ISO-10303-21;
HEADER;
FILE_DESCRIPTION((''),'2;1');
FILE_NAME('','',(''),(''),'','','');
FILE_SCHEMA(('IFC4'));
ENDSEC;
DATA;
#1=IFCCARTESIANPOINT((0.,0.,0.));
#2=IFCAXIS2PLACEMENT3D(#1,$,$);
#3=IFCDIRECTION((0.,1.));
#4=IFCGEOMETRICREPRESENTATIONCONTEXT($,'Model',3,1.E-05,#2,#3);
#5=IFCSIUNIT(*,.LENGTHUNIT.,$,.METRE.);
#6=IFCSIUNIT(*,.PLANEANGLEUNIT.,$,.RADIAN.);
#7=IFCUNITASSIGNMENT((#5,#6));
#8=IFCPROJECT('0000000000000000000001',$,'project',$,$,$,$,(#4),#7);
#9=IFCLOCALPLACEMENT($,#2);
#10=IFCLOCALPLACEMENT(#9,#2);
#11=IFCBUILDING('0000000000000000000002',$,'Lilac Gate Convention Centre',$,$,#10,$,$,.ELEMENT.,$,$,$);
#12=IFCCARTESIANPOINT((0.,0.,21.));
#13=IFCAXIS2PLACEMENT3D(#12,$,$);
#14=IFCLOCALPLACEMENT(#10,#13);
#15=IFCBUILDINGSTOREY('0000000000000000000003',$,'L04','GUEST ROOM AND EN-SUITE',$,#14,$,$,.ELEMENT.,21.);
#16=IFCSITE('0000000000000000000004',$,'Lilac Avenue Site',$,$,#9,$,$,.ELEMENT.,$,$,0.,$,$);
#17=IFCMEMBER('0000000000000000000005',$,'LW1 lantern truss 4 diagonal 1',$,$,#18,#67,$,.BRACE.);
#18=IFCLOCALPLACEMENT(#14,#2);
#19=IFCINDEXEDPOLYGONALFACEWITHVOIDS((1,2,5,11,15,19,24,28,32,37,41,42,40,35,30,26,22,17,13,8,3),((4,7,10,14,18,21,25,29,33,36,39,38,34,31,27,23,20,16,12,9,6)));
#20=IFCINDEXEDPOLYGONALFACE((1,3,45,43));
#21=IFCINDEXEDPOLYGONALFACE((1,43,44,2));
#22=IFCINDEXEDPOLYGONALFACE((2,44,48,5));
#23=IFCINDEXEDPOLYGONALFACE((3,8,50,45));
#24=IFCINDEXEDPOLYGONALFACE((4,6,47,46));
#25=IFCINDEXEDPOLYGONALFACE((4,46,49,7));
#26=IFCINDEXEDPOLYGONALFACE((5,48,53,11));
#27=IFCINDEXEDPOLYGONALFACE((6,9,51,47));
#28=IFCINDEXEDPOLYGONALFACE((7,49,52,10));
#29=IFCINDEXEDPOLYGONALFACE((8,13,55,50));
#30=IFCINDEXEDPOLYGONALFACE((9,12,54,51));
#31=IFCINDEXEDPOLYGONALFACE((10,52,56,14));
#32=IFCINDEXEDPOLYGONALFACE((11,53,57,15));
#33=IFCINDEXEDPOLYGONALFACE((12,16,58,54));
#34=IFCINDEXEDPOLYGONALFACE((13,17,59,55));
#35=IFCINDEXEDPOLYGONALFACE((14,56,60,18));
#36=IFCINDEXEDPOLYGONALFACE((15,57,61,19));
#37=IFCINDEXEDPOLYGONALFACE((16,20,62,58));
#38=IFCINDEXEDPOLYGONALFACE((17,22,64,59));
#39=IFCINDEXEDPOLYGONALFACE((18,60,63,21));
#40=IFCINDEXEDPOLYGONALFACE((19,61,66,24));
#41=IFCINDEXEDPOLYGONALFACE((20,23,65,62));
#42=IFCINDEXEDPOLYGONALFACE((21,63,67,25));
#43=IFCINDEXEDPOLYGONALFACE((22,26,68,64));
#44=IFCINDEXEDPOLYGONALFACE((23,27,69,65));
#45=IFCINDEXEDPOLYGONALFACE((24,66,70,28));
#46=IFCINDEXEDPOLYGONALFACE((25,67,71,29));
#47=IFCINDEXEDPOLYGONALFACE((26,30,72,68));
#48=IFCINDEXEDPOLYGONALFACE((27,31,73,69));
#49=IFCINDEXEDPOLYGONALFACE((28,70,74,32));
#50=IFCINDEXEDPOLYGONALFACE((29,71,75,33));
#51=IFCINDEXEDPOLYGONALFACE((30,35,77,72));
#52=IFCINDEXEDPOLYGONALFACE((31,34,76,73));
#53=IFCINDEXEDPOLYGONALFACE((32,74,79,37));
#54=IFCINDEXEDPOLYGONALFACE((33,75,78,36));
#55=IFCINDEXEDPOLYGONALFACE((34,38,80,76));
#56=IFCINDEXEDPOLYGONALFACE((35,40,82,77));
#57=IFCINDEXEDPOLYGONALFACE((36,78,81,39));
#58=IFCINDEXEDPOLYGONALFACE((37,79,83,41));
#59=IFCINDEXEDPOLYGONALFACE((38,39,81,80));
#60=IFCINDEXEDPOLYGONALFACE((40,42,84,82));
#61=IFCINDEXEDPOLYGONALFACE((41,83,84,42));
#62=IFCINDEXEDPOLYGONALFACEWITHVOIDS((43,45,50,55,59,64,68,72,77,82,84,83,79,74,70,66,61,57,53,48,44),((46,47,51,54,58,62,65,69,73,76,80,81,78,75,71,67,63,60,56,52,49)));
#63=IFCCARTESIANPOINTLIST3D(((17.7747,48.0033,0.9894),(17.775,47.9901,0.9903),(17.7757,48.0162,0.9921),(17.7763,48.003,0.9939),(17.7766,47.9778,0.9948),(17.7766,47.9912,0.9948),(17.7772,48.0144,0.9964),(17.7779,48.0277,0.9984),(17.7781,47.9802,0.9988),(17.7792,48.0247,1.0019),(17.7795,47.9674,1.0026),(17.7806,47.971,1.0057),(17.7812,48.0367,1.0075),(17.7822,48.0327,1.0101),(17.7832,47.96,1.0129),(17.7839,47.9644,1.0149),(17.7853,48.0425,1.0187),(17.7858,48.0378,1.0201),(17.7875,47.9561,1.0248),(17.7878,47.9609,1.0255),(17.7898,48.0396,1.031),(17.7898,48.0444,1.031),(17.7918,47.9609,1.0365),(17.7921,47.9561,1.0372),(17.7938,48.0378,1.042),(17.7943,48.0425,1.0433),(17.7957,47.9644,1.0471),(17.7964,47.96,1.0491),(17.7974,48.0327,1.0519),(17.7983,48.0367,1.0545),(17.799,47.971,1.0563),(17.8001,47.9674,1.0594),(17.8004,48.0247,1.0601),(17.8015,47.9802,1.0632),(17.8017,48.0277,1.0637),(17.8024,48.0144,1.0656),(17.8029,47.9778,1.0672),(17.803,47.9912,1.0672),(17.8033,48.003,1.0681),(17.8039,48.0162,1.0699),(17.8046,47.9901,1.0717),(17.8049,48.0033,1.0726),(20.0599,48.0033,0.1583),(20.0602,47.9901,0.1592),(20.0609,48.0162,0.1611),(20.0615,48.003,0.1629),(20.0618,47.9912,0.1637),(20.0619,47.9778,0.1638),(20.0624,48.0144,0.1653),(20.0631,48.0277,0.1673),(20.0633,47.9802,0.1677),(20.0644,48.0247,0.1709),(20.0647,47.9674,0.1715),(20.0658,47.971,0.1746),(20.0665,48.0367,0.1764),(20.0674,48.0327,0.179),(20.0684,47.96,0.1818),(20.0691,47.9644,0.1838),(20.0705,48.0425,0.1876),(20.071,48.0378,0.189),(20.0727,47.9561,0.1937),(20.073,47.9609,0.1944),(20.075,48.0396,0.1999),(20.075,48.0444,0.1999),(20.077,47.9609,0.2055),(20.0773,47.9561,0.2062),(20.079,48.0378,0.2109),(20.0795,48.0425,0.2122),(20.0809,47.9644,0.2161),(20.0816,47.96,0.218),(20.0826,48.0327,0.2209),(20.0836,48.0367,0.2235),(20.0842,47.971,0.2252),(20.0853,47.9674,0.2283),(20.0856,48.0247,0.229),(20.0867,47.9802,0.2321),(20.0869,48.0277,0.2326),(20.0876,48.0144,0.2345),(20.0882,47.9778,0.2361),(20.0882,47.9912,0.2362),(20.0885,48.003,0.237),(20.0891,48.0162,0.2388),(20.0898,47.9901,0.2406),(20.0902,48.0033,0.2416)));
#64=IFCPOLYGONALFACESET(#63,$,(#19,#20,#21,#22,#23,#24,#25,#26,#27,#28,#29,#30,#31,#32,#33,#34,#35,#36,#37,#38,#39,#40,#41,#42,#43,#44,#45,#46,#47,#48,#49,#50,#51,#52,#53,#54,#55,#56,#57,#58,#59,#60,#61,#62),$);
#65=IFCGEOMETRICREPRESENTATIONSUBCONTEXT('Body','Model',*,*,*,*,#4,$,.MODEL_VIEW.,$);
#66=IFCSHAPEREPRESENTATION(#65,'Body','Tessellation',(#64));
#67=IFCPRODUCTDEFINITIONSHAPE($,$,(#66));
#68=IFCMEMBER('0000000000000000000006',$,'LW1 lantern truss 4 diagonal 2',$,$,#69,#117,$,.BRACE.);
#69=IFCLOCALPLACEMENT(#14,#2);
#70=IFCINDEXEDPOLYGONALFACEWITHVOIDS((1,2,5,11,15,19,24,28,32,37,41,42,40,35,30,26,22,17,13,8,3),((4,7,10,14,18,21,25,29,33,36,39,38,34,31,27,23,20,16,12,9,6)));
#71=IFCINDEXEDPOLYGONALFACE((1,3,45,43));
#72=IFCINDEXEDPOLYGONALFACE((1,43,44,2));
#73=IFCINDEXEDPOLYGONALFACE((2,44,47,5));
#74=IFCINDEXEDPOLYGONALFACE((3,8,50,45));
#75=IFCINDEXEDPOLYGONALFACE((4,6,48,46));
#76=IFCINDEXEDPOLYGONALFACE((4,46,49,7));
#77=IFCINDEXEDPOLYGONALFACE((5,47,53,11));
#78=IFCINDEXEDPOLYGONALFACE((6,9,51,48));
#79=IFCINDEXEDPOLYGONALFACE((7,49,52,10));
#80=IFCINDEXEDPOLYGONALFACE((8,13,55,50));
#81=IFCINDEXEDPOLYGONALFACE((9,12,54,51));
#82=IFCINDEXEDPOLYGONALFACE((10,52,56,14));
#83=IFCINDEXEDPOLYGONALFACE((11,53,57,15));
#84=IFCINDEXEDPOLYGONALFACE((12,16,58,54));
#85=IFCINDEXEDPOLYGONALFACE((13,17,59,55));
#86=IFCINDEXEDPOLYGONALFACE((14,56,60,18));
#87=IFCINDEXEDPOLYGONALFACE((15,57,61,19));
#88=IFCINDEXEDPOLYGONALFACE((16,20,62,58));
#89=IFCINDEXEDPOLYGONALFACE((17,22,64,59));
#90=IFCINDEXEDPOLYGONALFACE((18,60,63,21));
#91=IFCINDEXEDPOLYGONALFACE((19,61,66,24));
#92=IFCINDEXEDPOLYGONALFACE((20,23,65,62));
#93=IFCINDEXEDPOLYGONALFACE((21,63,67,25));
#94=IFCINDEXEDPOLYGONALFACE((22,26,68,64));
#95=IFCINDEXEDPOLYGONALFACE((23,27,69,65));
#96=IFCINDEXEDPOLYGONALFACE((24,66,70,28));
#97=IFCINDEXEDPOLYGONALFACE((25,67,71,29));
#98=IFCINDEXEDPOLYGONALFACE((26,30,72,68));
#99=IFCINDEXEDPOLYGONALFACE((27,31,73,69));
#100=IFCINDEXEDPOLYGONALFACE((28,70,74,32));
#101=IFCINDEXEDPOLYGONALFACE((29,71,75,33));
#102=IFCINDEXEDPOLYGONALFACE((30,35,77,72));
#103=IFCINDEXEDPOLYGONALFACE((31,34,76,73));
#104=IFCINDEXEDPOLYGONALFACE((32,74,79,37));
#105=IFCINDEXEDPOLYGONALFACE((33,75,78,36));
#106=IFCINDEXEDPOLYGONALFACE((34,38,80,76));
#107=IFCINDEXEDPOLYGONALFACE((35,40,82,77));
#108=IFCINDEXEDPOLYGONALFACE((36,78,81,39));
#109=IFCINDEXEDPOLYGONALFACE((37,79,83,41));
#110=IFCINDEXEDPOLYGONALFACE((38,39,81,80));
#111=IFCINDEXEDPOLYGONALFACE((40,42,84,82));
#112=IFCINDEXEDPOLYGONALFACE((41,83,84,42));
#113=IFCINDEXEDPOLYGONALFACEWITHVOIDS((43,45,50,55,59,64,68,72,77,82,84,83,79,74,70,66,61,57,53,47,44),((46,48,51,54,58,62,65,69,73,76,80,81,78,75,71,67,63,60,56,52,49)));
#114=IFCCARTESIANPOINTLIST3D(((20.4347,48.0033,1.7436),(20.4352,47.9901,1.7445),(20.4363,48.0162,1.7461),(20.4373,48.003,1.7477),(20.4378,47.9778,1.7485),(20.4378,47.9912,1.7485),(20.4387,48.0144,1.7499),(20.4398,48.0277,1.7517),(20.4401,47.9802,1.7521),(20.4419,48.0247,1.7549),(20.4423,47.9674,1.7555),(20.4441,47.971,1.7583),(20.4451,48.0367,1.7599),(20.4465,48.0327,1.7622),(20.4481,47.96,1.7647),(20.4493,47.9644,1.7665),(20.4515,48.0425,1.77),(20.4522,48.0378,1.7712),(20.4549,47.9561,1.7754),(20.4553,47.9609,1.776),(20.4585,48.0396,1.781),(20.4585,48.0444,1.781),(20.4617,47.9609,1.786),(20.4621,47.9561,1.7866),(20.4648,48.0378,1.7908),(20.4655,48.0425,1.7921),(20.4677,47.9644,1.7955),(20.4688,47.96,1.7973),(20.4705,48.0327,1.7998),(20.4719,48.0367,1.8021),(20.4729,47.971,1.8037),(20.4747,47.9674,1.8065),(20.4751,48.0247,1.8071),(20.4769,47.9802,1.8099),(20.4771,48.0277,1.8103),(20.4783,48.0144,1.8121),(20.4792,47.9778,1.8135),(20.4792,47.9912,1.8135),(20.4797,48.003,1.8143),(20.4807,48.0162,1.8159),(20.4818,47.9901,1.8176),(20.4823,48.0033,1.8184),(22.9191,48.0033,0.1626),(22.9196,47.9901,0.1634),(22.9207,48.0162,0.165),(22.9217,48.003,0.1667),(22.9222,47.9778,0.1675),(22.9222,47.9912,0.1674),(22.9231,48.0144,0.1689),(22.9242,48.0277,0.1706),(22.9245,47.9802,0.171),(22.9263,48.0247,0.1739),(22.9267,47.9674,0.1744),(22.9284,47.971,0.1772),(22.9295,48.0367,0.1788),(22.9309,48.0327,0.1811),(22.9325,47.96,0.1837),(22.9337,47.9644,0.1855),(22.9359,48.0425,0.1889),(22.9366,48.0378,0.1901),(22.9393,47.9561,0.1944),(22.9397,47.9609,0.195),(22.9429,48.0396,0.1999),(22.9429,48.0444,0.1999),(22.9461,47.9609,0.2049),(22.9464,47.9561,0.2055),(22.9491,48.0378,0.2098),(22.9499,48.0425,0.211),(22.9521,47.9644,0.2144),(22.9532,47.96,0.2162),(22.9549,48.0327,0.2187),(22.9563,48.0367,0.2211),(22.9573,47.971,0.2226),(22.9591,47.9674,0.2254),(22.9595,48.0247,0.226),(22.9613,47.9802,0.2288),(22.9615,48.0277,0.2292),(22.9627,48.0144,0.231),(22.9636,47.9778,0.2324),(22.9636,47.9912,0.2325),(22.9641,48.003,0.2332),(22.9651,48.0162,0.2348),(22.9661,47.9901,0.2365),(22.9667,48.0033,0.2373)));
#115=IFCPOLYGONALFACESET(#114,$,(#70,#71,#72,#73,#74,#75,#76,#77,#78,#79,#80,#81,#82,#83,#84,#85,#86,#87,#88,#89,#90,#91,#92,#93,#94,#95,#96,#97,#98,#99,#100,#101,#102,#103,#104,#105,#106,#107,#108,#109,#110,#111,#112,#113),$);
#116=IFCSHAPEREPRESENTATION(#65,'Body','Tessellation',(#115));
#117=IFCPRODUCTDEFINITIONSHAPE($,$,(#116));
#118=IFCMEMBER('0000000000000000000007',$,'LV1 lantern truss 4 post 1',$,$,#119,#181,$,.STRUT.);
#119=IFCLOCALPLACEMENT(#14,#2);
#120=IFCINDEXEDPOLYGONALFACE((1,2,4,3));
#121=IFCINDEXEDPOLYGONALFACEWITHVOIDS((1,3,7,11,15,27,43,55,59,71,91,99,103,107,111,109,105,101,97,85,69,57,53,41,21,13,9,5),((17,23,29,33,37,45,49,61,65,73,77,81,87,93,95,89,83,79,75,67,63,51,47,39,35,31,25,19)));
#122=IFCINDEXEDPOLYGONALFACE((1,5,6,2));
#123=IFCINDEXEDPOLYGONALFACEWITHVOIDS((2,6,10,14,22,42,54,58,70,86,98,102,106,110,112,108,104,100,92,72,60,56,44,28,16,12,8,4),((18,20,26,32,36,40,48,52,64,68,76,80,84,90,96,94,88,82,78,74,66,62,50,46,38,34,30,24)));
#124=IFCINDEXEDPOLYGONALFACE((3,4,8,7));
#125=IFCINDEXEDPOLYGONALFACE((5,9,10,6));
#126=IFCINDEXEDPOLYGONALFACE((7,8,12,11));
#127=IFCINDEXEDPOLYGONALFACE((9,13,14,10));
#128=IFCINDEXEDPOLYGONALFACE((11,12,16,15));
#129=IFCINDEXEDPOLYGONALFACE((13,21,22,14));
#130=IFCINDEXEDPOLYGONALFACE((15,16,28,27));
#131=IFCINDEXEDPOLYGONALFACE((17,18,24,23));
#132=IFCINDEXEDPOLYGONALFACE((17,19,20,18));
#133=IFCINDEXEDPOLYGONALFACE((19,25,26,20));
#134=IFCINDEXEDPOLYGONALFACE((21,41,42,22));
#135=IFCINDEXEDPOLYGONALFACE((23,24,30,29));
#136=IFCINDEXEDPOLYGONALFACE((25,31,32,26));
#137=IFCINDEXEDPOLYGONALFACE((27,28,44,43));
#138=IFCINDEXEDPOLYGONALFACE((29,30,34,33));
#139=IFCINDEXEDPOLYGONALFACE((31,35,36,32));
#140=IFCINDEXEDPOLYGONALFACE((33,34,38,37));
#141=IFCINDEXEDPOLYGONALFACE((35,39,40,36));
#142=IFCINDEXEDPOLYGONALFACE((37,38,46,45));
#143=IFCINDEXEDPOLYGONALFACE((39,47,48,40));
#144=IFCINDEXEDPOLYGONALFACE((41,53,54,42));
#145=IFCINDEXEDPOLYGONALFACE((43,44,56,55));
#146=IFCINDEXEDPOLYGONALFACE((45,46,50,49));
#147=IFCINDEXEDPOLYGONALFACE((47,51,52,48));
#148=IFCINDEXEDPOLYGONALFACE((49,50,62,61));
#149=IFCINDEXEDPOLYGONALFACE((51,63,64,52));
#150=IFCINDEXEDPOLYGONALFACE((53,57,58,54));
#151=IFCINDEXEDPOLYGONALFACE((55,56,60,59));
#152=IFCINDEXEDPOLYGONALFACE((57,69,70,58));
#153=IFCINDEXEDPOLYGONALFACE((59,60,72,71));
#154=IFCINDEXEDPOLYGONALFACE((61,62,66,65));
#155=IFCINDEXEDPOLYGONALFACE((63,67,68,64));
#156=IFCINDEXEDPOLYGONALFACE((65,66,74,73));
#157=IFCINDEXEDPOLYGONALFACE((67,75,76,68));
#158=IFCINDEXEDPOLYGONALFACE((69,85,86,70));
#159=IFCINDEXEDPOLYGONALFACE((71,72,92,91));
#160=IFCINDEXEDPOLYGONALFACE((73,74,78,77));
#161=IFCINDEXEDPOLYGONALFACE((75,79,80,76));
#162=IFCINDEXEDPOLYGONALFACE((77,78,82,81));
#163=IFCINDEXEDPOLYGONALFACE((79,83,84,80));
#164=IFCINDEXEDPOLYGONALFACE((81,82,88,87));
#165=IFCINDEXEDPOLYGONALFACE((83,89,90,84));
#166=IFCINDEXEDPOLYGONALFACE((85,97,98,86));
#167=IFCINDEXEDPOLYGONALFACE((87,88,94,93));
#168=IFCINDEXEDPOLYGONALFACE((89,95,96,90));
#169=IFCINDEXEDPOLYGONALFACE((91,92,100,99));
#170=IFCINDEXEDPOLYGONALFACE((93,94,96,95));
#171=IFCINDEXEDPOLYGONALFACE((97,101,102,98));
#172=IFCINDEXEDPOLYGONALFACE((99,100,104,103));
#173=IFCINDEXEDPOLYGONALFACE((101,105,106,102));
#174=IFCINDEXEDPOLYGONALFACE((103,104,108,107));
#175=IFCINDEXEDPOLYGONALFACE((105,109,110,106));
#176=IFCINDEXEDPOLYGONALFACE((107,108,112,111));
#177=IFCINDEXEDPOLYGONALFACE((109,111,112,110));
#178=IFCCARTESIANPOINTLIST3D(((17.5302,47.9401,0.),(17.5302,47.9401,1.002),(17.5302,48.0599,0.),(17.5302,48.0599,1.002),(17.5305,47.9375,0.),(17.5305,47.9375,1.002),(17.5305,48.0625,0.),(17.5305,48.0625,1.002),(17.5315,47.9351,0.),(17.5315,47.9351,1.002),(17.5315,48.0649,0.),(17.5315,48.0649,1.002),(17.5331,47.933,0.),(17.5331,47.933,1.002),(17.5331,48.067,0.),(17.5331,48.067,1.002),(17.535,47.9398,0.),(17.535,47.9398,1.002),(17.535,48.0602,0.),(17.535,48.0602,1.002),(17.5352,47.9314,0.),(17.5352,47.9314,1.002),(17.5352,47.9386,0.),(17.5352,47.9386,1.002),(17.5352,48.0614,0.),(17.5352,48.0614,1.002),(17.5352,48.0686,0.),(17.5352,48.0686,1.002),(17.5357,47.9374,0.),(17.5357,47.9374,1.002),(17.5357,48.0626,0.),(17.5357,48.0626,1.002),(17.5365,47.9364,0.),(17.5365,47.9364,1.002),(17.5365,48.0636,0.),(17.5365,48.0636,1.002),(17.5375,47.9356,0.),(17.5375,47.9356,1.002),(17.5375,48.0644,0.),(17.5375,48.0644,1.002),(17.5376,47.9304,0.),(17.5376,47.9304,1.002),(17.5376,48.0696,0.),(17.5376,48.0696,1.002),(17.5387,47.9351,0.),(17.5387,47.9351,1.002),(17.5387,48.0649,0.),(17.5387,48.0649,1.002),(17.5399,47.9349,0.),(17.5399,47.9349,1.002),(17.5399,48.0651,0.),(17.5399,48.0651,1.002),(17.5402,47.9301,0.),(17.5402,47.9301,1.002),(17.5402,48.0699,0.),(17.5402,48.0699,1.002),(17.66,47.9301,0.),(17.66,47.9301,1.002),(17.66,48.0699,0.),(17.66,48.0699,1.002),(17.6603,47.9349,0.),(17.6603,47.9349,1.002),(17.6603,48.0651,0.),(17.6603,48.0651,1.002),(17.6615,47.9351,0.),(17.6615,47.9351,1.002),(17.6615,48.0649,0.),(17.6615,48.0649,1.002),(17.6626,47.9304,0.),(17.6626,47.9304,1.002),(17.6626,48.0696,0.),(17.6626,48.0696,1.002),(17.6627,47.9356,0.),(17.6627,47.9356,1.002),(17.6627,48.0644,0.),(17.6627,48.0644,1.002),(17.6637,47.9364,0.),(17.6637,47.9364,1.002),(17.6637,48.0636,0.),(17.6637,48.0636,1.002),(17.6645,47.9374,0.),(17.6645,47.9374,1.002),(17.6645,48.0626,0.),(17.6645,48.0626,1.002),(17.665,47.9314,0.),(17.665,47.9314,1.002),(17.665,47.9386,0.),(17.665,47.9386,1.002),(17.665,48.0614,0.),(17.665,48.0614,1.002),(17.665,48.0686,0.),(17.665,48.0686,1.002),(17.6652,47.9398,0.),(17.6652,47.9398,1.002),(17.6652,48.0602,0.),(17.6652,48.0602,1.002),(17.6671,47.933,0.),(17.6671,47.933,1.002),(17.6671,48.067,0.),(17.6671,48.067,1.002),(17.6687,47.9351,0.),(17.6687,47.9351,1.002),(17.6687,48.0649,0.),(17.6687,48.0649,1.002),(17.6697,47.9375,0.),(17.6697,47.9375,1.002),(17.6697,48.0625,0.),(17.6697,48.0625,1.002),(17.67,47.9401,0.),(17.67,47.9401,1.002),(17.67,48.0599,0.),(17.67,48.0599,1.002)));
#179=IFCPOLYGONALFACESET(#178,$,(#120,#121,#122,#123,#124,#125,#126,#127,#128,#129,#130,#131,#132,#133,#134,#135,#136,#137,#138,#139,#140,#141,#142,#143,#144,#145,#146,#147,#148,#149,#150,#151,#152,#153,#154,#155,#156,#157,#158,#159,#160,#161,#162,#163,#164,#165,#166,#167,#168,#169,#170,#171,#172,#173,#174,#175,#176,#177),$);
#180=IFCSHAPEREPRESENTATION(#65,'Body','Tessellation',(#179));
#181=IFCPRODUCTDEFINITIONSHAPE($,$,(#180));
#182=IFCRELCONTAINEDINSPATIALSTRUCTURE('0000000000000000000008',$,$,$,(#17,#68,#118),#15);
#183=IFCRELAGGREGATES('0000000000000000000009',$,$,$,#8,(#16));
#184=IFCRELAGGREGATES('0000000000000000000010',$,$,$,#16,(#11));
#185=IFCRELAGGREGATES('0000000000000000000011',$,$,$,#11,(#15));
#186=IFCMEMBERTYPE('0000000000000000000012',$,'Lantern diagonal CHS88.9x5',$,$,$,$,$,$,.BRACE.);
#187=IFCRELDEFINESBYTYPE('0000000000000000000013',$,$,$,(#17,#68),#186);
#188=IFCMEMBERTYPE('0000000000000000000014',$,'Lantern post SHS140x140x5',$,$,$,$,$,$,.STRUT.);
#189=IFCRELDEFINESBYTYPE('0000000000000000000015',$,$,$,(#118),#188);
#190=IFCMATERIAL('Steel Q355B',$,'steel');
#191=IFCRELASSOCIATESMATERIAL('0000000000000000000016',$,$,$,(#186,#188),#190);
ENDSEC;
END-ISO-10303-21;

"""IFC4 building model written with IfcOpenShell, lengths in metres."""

from ifc_helpers import new_model, si_unit, direction, frame, origin, origin_2d, place, context, subcontext, project, spatial, hollow_rectangle, hollow_circle, extrude, material, material_profile, profile_set, type_object, element, save


model = new_model("IFC4")

# Units and contexts
model_context = context("Model", 3, precision=1e-05, world=origin(), true_north=direction((0.0, 1.0)))
body_context = subcontext(model_context, "Body", "Model", "MODEL_VIEW")
ifc_project = project(units=[si_unit("LENGTHUNIT", "METRE"), si_unit("PLANEANGLEUNIT", "RADIAN")], contexts=[model_context])

# Site, building, storey
site_placement = place(None, origin())
site = spatial("IfcSite", under=ifc_project, at=site_placement, Name="Lilac Avenue Site", CompositionType="ELEMENT", RefElevation=0.0)
building_placement = place(site_placement, origin())
building = spatial("IfcBuilding", under=site, at=building_placement, Name="Lilac Gate Convention Centre", CompositionType="ELEMENT")
storey_placement = place(building_placement, frame((0.0, 0.0, 21.0)))
storey = spatial("IfcBuildingStorey", under=building, at=storey_placement, Name="L04", Description="GUEST ROOM AND EN-SUITE", CompositionType="ELEMENT", Elevation=21.0)

# Members
ifc_material_1 = material(Name="Steel Q355B", Category="steel")
ifc_material_profile_1 = material_profile(ifc_material_1, hollow_circle(Radius=0.0444, WallThickness=0.0049, at=origin_2d()), Name="CHS88.9x5")
ifc_profile_set_1 = profile_set([ifc_material_profile_1], Name="Steel Q355B")
member_type_1 = type_object("IfcMemberType", Name="Lantern diagonal CHS88.9x5", PredefinedType="BRACE", material=ifc_profile_set_1)
member_1_placement = place(storey_placement, frame((17.7898, 48.0, 1.031), z_axis=(0.939782, 0.0, -0.341775), x_axis=(0.0, 1.0, 0.0)))
element("IfcMember", 1, at=member_1_placement, inside=storey, type_object=member_type_1, Name="LW1 lantern truss 4 diagonal 1", PredefinedType="BRACE", context=body_context, shape_type="SweptSolid", body=[
    extrude(hollow_circle(Radius=0.0444, WallThickness=0.0049, at=origin_2d()), origin(), (0.0, 0.0, 1.0), 2.4316),
])
member_2_placement = place(storey_placement, frame((20.4585, 48.0, 1.781), z_axis=(0.843648, 0.0, -0.536897), x_axis=(0.0, 1.0, 0.0)))
element("IfcMember", 2, at=member_2_placement, inside=storey, type_object=member_type_1, Name="LW1 lantern truss 4 diagonal 2", PredefinedType="BRACE", context=body_context, shape_type="SweptSolid", body=[
    extrude(hollow_circle(Radius=0.0444, WallThickness=0.0049, at=origin_2d()), origin(), (0.0, 0.0, 1.0), 2.9448),
])
ifc_material_profile_2 = material_profile(ifc_material_1, hollow_rectangle(XDim=0.1399, YDim=0.1399, WallThickness=0.0049, InnerFilletRadius=0.0049, OuterFilletRadius=0.01, at=origin_2d()), Name="SHS140x140x5")
ifc_profile_set_2 = profile_set([ifc_material_profile_2], Name="Steel Q355B")
member_type_2 = type_object("IfcMemberType", Name="Lantern post SHS140x140x5", PredefinedType="STRUT", material=ifc_profile_set_2)
member_3_placement = place(storey_placement, frame((17.6001, 48.0, 0.0), z_axis=(0.0, 0.0, 1.0), x_axis=(1.0, 0.0, 0.0)))
element("IfcMember", 3, at=member_3_placement, inside=storey, type_object=member_type_2, Name="LV1 lantern truss 4 post 1", PredefinedType="STRUT", context=body_context, shape_type="SweptSolid", body=[
    extrude(hollow_rectangle(XDim=0.1399, YDim=0.1399, WallThickness=0.0049, InnerFilletRadius=0.0049, OuterFilletRadius=0.01, at=origin_2d()), origin(), (0.0, 0.0, 1.0), 1.002),
])

save(model, "model.ifc")
